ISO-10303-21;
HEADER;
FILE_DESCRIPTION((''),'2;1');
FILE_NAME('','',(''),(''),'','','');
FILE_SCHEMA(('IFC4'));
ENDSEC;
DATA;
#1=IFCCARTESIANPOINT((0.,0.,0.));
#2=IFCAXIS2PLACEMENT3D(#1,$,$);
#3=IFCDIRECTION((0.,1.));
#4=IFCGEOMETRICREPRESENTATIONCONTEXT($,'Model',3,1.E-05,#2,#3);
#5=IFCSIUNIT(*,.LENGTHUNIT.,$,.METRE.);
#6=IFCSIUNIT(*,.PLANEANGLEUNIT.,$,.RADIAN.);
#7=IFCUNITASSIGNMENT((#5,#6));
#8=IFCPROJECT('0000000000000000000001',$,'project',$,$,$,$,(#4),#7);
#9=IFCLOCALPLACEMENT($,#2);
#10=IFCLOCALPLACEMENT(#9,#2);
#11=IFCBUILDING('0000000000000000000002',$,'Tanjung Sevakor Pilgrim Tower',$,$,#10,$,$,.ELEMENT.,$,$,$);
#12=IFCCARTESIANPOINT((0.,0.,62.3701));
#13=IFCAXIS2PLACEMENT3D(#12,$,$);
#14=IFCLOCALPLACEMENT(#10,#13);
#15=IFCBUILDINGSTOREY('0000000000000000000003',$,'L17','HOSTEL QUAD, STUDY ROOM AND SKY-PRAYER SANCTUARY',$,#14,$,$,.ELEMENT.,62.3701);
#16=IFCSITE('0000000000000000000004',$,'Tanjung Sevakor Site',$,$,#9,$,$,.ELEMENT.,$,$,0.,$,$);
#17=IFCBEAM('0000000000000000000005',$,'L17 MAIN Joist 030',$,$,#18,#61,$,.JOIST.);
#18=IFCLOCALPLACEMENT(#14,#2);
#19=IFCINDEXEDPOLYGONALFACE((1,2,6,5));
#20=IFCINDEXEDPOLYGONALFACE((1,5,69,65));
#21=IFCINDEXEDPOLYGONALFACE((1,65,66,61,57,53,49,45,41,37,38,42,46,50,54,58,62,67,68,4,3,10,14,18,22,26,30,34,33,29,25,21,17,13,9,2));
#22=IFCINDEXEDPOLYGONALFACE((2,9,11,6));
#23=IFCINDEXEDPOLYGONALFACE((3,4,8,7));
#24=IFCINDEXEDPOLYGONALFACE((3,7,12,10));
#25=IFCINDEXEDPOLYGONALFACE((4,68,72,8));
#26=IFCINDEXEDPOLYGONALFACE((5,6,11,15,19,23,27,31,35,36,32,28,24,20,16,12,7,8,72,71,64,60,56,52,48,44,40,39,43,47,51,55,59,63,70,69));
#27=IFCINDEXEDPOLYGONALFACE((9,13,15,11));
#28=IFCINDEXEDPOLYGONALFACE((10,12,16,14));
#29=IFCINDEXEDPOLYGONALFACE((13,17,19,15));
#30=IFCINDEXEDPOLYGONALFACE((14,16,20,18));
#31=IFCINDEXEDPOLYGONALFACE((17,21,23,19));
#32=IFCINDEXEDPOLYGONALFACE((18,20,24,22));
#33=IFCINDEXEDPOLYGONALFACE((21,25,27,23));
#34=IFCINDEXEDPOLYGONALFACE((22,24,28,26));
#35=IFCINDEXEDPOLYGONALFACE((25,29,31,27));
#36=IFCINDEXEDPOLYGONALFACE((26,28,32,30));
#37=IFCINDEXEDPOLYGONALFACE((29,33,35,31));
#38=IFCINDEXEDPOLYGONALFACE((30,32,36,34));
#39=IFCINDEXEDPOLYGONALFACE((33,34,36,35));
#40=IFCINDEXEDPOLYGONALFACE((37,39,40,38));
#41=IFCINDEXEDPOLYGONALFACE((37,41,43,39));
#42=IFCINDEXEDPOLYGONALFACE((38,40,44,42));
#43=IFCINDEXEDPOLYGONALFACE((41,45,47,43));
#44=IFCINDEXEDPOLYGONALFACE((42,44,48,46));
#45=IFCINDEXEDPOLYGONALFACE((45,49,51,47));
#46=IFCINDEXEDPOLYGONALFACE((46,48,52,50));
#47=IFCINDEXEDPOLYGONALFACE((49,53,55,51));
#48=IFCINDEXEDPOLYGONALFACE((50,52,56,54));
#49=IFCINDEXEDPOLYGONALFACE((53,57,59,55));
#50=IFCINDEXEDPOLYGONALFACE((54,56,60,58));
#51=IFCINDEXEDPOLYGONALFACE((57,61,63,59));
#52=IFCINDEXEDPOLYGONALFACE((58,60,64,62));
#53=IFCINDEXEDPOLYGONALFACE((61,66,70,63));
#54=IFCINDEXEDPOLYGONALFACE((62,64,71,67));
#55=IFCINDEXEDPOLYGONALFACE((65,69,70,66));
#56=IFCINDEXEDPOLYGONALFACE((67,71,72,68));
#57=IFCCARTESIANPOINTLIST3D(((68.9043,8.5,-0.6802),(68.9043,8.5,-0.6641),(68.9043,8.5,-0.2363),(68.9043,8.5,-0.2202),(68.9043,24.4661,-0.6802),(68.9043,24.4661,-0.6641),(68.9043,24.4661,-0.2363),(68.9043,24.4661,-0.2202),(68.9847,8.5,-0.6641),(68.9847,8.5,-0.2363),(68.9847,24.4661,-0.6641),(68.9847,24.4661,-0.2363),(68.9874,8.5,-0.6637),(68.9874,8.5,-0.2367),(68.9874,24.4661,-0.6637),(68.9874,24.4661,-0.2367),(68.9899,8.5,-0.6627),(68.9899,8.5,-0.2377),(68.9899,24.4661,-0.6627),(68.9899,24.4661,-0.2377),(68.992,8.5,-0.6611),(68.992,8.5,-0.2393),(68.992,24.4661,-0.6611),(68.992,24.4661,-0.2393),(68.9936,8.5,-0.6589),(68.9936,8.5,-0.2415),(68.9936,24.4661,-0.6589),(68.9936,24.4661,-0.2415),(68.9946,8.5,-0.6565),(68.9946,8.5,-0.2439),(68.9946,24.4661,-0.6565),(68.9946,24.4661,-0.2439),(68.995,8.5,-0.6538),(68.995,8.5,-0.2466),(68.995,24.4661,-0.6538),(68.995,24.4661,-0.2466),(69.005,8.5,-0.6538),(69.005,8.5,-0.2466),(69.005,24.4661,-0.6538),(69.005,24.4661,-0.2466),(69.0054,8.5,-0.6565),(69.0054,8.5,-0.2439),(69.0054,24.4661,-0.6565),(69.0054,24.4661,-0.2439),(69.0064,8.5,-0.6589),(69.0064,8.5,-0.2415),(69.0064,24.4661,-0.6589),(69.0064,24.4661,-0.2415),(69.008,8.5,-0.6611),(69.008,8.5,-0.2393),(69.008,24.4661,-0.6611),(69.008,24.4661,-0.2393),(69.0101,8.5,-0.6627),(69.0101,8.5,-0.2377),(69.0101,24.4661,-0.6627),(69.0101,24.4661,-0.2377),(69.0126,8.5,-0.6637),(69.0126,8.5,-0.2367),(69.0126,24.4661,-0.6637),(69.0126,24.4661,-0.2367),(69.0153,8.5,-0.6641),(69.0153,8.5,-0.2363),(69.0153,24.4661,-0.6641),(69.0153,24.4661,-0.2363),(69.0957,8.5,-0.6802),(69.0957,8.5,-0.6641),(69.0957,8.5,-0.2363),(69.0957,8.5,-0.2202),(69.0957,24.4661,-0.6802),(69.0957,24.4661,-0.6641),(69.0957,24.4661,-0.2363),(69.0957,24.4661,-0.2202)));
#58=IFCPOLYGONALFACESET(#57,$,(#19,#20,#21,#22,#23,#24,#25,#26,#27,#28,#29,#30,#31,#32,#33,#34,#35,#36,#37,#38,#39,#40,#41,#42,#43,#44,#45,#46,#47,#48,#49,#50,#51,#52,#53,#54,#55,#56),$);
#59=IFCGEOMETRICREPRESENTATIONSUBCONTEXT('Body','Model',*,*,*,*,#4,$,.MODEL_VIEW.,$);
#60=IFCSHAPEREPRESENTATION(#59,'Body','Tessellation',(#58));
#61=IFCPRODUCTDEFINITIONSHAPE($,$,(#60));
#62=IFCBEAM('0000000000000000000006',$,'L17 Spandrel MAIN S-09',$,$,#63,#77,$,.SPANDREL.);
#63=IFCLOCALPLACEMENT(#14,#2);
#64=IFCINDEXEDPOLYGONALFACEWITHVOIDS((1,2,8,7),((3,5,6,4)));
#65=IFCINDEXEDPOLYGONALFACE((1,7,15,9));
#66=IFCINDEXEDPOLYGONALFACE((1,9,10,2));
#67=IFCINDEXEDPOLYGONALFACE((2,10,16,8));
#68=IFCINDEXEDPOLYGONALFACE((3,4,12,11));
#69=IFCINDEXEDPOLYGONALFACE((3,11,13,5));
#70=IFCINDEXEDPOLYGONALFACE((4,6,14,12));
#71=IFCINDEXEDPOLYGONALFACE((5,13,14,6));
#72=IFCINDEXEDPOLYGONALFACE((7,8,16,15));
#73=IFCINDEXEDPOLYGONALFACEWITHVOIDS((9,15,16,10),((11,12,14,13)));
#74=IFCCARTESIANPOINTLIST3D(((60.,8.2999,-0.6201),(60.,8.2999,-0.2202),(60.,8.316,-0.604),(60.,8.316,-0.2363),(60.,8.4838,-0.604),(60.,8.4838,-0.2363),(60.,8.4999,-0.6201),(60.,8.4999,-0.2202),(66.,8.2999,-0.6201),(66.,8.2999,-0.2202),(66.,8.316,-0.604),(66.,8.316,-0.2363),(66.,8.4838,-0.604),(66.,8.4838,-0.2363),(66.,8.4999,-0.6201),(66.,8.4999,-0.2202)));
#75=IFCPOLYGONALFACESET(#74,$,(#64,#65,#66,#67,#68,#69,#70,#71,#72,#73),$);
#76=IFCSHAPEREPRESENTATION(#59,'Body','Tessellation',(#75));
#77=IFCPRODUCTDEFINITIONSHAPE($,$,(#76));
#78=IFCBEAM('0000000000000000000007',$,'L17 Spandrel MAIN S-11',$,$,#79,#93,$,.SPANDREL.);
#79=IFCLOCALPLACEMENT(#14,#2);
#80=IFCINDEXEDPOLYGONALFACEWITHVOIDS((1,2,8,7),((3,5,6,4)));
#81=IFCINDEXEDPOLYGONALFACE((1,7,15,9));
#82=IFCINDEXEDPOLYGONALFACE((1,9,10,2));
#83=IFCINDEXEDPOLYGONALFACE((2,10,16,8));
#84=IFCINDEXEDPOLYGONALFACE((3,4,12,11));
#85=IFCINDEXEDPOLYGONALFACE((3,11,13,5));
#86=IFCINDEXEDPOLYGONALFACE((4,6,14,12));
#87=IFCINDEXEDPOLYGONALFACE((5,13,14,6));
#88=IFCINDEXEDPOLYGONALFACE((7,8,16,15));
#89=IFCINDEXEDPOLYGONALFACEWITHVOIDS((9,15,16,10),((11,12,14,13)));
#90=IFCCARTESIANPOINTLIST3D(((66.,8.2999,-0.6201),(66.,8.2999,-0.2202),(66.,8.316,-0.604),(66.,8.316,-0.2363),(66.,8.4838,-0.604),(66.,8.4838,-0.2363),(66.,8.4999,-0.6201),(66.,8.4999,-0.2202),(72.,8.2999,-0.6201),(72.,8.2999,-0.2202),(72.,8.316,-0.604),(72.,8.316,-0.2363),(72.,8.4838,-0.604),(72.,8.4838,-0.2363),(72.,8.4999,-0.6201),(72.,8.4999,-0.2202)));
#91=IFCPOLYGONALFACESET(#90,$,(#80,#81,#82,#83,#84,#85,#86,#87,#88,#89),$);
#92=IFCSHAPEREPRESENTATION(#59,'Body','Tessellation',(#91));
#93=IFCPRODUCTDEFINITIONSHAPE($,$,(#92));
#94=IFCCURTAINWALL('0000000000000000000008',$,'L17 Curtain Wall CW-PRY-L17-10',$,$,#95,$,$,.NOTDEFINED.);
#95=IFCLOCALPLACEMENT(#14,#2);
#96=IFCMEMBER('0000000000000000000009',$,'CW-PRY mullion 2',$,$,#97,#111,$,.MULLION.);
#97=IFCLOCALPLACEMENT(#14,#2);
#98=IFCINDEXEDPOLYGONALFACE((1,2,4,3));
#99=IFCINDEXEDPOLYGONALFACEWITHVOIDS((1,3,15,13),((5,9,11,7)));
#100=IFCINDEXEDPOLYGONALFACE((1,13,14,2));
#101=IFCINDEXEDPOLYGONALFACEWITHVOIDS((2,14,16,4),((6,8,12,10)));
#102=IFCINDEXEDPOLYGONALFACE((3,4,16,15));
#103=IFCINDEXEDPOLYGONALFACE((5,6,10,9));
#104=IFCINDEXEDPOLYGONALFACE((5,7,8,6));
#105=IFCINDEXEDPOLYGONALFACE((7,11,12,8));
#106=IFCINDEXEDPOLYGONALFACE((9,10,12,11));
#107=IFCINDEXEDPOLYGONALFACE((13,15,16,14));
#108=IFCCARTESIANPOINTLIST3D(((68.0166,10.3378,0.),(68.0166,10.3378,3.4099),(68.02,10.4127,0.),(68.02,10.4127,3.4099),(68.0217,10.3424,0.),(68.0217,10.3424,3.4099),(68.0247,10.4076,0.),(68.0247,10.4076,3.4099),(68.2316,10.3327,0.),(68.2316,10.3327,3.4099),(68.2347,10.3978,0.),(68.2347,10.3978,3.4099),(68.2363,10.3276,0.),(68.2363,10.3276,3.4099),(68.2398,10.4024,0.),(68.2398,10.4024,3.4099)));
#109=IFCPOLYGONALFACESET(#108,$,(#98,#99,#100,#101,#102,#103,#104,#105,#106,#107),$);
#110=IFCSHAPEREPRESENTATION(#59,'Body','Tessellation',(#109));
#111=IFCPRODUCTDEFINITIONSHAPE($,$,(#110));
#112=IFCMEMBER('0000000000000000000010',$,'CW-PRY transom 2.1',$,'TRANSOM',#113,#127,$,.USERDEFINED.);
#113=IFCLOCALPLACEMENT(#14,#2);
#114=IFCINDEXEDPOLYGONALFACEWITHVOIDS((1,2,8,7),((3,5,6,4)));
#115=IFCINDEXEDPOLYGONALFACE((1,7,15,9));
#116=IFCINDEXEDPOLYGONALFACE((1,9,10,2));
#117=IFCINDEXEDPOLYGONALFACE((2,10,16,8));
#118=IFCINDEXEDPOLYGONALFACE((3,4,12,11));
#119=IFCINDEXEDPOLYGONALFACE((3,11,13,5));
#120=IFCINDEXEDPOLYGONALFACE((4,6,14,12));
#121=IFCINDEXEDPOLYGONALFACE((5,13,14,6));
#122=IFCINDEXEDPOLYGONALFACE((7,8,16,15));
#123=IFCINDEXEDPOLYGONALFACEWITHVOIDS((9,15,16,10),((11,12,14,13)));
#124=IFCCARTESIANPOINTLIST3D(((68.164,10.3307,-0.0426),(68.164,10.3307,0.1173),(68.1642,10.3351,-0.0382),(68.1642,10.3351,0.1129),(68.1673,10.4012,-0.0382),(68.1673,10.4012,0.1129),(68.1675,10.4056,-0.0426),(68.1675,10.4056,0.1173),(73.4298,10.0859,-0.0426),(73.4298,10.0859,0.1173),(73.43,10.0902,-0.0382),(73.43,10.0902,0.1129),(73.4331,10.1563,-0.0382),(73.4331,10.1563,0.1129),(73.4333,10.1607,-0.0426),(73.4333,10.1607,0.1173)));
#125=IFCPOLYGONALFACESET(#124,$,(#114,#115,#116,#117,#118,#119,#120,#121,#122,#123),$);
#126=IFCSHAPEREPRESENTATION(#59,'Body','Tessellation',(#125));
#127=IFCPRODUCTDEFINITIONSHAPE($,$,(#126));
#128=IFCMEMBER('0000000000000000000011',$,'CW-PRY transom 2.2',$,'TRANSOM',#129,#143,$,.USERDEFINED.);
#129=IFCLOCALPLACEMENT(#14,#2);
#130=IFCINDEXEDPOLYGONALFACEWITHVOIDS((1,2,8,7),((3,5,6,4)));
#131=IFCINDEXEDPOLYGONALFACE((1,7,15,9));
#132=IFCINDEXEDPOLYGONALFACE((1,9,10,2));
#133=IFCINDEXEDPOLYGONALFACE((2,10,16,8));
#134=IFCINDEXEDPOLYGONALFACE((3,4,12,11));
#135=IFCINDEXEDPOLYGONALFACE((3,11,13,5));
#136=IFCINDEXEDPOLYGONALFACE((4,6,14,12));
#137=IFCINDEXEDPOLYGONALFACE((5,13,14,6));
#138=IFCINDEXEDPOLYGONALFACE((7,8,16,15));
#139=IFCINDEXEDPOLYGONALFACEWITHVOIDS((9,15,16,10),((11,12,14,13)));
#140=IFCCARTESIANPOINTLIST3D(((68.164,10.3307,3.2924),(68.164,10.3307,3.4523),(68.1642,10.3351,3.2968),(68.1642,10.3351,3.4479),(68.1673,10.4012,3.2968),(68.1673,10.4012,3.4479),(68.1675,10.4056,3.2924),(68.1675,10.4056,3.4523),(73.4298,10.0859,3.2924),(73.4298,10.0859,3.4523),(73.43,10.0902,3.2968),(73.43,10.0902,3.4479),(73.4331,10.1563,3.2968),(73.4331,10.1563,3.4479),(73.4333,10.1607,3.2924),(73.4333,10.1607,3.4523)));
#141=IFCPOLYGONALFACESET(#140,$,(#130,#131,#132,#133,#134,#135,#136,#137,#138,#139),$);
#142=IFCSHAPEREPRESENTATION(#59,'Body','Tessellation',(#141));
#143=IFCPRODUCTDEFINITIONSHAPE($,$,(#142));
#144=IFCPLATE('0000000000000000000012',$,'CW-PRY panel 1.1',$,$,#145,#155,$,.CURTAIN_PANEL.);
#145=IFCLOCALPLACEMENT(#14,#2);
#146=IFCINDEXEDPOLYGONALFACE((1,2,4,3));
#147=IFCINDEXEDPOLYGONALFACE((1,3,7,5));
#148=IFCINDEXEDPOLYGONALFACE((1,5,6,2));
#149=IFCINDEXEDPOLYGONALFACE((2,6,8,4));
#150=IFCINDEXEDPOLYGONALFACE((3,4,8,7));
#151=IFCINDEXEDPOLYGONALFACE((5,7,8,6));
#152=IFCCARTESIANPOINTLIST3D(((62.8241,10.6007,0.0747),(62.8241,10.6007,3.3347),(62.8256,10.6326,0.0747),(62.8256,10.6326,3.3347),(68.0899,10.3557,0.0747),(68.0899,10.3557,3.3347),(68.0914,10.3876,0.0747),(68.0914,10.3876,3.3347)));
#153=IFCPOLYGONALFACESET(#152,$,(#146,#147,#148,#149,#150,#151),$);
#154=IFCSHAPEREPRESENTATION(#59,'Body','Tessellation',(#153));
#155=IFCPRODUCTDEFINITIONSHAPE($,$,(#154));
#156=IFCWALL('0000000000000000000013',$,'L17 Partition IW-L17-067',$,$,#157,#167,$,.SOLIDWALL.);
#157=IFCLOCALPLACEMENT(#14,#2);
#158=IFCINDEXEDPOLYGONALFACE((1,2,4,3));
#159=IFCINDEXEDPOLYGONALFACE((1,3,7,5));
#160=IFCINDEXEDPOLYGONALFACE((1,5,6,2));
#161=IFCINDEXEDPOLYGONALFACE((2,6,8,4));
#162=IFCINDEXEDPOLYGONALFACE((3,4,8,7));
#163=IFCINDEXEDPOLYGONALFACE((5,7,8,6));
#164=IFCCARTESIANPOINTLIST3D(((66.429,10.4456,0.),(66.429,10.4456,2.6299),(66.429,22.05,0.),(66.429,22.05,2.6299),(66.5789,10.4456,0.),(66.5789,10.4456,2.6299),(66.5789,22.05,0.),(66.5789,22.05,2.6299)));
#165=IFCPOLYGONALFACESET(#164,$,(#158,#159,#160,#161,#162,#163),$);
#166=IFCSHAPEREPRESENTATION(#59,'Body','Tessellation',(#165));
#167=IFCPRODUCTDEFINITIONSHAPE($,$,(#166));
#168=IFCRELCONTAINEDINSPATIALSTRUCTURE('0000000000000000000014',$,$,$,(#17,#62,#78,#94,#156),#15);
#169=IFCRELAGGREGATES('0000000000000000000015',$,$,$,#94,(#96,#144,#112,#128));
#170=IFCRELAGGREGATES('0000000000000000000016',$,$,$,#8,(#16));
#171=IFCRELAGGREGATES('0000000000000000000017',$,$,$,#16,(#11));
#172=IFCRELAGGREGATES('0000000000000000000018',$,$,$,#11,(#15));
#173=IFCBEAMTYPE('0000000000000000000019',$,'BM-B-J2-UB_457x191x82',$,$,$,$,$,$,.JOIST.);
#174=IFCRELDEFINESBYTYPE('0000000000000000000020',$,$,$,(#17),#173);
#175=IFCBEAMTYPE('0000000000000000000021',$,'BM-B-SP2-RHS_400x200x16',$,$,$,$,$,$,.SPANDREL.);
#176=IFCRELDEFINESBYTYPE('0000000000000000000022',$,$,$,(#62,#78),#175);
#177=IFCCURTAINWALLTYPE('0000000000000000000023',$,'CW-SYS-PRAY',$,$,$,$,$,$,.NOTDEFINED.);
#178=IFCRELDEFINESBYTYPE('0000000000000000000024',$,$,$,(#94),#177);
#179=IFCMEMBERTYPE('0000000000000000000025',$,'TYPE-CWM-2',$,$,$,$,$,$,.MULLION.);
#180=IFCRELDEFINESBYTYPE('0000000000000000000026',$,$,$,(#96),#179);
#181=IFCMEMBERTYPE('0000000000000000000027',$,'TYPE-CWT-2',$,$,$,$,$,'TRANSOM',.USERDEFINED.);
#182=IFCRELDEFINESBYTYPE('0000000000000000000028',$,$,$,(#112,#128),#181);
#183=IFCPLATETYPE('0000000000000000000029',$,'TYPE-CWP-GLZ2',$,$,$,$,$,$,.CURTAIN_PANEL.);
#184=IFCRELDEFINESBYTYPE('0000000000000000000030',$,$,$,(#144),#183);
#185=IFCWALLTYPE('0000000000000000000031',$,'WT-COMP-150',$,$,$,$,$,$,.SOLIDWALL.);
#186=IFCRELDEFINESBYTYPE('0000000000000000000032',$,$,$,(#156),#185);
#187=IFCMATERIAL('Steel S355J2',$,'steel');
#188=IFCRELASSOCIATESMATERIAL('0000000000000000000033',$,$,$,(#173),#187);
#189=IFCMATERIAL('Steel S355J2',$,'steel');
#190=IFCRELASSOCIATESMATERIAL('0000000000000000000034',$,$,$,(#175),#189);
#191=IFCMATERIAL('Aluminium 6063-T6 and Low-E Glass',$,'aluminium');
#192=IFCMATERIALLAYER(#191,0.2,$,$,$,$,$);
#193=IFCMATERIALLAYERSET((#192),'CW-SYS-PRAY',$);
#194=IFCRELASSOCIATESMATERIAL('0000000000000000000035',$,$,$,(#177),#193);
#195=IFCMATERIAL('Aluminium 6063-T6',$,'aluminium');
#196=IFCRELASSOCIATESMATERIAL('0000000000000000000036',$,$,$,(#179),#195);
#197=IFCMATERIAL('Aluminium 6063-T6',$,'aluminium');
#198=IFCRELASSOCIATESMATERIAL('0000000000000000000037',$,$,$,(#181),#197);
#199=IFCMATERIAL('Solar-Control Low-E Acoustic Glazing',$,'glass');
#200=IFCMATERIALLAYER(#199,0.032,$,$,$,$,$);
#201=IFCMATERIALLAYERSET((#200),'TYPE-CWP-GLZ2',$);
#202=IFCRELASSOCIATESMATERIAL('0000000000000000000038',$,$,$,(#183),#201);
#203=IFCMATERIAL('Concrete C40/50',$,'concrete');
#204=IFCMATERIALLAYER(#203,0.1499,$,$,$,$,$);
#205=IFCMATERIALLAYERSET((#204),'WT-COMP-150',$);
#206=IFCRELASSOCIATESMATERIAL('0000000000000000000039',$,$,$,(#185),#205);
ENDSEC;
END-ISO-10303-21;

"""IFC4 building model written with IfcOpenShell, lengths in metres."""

from ifc_helpers import new_model, si_unit, direction, frame, frame_2d, origin, origin_2d, place, context, subcontext, project, spatial, rectangle, hollow_rectangle, i_section, extrude, material, layer, layer_set, material_profile, profile_set, type_object, element, aggregate, save


model = new_model("IFC4")

# Units and contexts
model_context = context("Model", 3, precision=1e-05, world=origin(), true_north=direction((0.0, 1.0)))
body_context = subcontext(model_context, "Body", "Model", "MODEL_VIEW")
ifc_project = project(units=[si_unit("LENGTHUNIT", "METRE"), si_unit("PLANEANGLEUNIT", "RADIAN")], contexts=[model_context])

# Site, building, storey
site_placement = place(None, origin())
site = spatial("IfcSite", under=ifc_project, at=site_placement, Name="Tanjung Sevakor Site", CompositionType="ELEMENT", RefElevation=0.0)
building_placement = place(site_placement, origin())
building = spatial("IfcBuilding", under=site, at=building_placement, Name="Tanjung Sevakor Pilgrim Tower", CompositionType="ELEMENT")
storey_placement = place(building_placement, frame((0.0, 0.0, 62.3701)))
storey = spatial("IfcBuildingStorey", under=building, at=storey_placement, Name="L17", Description="HOSTEL QUAD, STUDY ROOM AND SKY-PRAYER SANCTUARY", CompositionType="ELEMENT", Elevation=62.3701)

# Beams
ifc_material_1 = material(Name="Steel S355J2", Category="steel")
ifc_material_profile_1 = material_profile(ifc_material_1, i_section(OverallWidth=0.1914, OverallDepth=0.46, WebThickness=0.01, FlangeThickness=0.0161, FilletRadius=0.0103, at=origin_2d()))
ifc_profile_set_1 = profile_set([ifc_material_profile_1], Name="Steel S355J2")
beam_type_1 = type_object("IfcBeamType", Name="BM-B-J2-UB_457x191x82", PredefinedType="JOIST", material=ifc_profile_set_1)
for number, where, z_axis, x_axis, name in (
    (1, (69.0, 8.5, -0.4502), (0.0, 1.0, 0.0), (-1.0, 0.0, 0.0), "L17 MAIN Joist 030"),
):
    element("IfcBeam", number, at=place(storey_placement, frame(where, z_axis=z_axis, x_axis=x_axis)), inside=storey, type_object=beam_type_1, Name=name, PredefinedType="JOIST", context=body_context, shape_type="SweptSolid", body=[
        extrude(i_section(OverallWidth=0.1914, OverallDepth=0.46, WebThickness=0.01, FlangeThickness=0.0161, FilletRadius=0.0103, at=origin_2d()), origin(), (0.0, 0.0, 1.0), 15.9661),
    ])
ifc_material_2 = material(Name="Steel S355J2", Category="steel")
ifc_material_profile_2 = material_profile(ifc_material_2, hollow_rectangle(XDim=0.2, YDim=0.3999, WallThickness=0.0161, at=origin_2d()))
ifc_profile_set_2 = profile_set([ifc_material_profile_2], Name="Steel S355J2")
beam_type_2 = type_object("IfcBeamType", Name="BM-B-SP2-RHS_400x200x16", PredefinedType="SPANDREL", material=ifc_profile_set_2)
for number, where, z_axis, x_axis, name in (
    (2, (60.0, 8.3999, -0.4202), (1.0, 0.0, 0.0), (0.0, 1.0, 0.0), "L17 Spandrel MAIN S-09"),
    (3, (66.0, 8.3999, -0.4202), (1.0, 0.0, 0.0), (0.0, 1.0, 0.0), "L17 Spandrel MAIN S-11"),
):
    element("IfcBeam", number, at=place(storey_placement, frame(where, z_axis=z_axis, x_axis=x_axis)), inside=storey, type_object=beam_type_2, Name=name, PredefinedType="SPANDREL", context=body_context, shape_type="SweptSolid", body=[
        extrude(hollow_rectangle(XDim=0.2, YDim=0.3999, WallThickness=0.0161, at=origin_2d()), origin(), (0.0, 0.0, 1.0), 6.0),
    ])

# Curtain wall, members, plate
ifc_material_3 = material(Name="Aluminium 6063-T6 and Low-E Glass", Category="aluminium")
ifc_layer_1 = layer(ifc_material_3, 0.2)
ifc_layer_set_1 = layer_set([ifc_layer_1], Name="CW-SYS-PRAY")
curtain_wall_type = type_object("IfcCurtainWallType", Name="CW-SYS-PRAY", PredefinedType="NOTDEFINED", material=ifc_layer_set_1)
curtain_wall_placement = place(storey_placement, origin())
curtain_wall = element("IfcCurtainWall", 4, at=curtain_wall_placement, inside=storey, type_object=curtain_wall_type, Name="L17 Curtain Wall CW-PRY-L17-10", PredefinedType="NOTDEFINED")
ifc_material_4 = material(Name="Aluminium 6063-T6", Category="aluminium")
ifc_material_profile_3 = material_profile(ifc_material_4, hollow_rectangle(XDim=0.075, YDim=0.22, WallThickness=0.0049, at=origin_2d()))
ifc_profile_set_3 = profile_set([ifc_material_profile_3], Name="Aluminium 6063-T6")
member_type_1 = type_object("IfcMemberType", Name="TYPE-CWM-2", PredefinedType="MULLION", material=ifc_profile_set_3)
member_1_placement = place(storey_placement, frame((68.1282, 10.3701, 0.0), z_axis=(0.0, 0.0, 1.0), x_axis=(0.04647, 0.99892, 0.0)))
member_1 = element("IfcMember", 5, at=member_1_placement, type_object=member_type_1, Name="CW-PRY mullion 2", PredefinedType="MULLION", context=body_context, shape_type="SweptSolid", body=[
    extrude(hollow_rectangle(XDim=0.075, YDim=0.22, WallThickness=0.0049, at=origin_2d()), origin(), (0.0, 0.0, 1.0), 3.4099),
])
ifc_material_5 = material(Name="Aluminium 6063-T6", Category="aluminium")
ifc_material_profile_4 = material_profile(ifc_material_5, hollow_rectangle(XDim=0.075, YDim=0.1599, WallThickness=0.0044, at=origin_2d()))
ifc_profile_set_4 = profile_set([ifc_material_profile_4], Name="Aluminium 6063-T6")
member_type_2 = type_object("IfcMemberType", Name="TYPE-CWT-2", ElementType="TRANSOM", PredefinedType="USERDEFINED", material=ifc_profile_set_4)
member_2_placement = place(storey_placement, frame((68.1658, 10.3682, 0.0374), z_axis=(0.998921, -0.046452, 0.0), x_axis=(0.046452, 0.998921, 0.0)))
member_2 = element("IfcMember", 6, at=member_2_placement, type_object=member_type_2, Name="CW-PRY transom 2.1", ObjectType="TRANSOM", PredefinedType="USERDEFINED", context=body_context, shape_type="SweptSolid", body=[
    extrude(hollow_rectangle(XDim=0.075, YDim=0.1599, WallThickness=0.0044, at=origin_2d()), origin(), (0.0, 0.0, 1.0), 5.2715),
])
member_3_placement = place(storey_placement, frame((68.1658, 10.3682, 3.3723), z_axis=(0.998921, -0.046452, 0.0), x_axis=(0.046452, 0.998921, 0.0)))
member_3 = element("IfcMember", 7, at=member_3_placement, type_object=member_type_2, Name="CW-PRY transom 2.2", ObjectType="TRANSOM", PredefinedType="USERDEFINED", context=body_context, shape_type="SweptSolid", body=[
    extrude(hollow_rectangle(XDim=0.075, YDim=0.1599, WallThickness=0.0044, at=origin_2d()), origin(), (0.0, 0.0, 1.0), 5.2715),
])
ifc_material_6 = material(Name="Solar-Control Low-E Acoustic Glazing", Category="glass")
ifc_layer_2 = layer(ifc_material_6, 0.032)
ifc_layer_set_2 = layer_set([ifc_layer_2], Name="TYPE-CWP-GLZ2")
plate_type = type_object("IfcPlateType", Name="TYPE-CWP-GLZ2", PredefinedType="CURTAIN_PANEL", material=ifc_layer_set_2)
plate_placement = place(storey_placement, frame((65.4578, 10.4941, 0.0747), z_axis=(0.0, 0.0, 1.0), x_axis=(0.99892, -0.04647, 0.0)))
plate = element("IfcPlate", 8, at=plate_placement, type_object=plate_type, Name="CW-PRY panel 1.1", PredefinedType="CURTAIN_PANEL", context=body_context, shape_type="SweptSolid", body=[
    extrude(rectangle(XDim=5.2715, YDim=0.032, at=origin_2d()), origin(), (0.0, 0.0, 1.0), 3.26),
])
aggregate(curtain_wall, [member_1, plate, member_2, member_3])

# Wall
ifc_material_7 = material(Name="Concrete C40/50", Category="concrete")
ifc_layer_3 = layer(ifc_material_7, 0.1499)
ifc_layer_set_3 = layer_set([ifc_layer_3], Name="WT-COMP-150")
wall_type_1 = type_object("IfcWallType", Name="WT-COMP-150", PredefinedType="SOLIDWALL", material=ifc_layer_set_3)
wall_1_placement = place(storey_placement, frame((66.5039, 10.4456, 0.0), z_axis=(0.0, 0.0, 1.0), x_axis=(0.0, 1.0, 0.0)))
element("IfcWall", 9, at=wall_1_placement, inside=storey, type_object=wall_type_1, Name="L17 Partition IW-L17-067", PredefinedType="SOLIDWALL", context=body_context, shape_type="SweptSolid", body=[
    extrude(rectangle(XDim=11.6045, YDim=0.1499, at=frame_2d((5.8022, 0.0))), origin(), (0.0, 0.0, 1.0), 2.6299),
])

save(model, "model.ifc")
